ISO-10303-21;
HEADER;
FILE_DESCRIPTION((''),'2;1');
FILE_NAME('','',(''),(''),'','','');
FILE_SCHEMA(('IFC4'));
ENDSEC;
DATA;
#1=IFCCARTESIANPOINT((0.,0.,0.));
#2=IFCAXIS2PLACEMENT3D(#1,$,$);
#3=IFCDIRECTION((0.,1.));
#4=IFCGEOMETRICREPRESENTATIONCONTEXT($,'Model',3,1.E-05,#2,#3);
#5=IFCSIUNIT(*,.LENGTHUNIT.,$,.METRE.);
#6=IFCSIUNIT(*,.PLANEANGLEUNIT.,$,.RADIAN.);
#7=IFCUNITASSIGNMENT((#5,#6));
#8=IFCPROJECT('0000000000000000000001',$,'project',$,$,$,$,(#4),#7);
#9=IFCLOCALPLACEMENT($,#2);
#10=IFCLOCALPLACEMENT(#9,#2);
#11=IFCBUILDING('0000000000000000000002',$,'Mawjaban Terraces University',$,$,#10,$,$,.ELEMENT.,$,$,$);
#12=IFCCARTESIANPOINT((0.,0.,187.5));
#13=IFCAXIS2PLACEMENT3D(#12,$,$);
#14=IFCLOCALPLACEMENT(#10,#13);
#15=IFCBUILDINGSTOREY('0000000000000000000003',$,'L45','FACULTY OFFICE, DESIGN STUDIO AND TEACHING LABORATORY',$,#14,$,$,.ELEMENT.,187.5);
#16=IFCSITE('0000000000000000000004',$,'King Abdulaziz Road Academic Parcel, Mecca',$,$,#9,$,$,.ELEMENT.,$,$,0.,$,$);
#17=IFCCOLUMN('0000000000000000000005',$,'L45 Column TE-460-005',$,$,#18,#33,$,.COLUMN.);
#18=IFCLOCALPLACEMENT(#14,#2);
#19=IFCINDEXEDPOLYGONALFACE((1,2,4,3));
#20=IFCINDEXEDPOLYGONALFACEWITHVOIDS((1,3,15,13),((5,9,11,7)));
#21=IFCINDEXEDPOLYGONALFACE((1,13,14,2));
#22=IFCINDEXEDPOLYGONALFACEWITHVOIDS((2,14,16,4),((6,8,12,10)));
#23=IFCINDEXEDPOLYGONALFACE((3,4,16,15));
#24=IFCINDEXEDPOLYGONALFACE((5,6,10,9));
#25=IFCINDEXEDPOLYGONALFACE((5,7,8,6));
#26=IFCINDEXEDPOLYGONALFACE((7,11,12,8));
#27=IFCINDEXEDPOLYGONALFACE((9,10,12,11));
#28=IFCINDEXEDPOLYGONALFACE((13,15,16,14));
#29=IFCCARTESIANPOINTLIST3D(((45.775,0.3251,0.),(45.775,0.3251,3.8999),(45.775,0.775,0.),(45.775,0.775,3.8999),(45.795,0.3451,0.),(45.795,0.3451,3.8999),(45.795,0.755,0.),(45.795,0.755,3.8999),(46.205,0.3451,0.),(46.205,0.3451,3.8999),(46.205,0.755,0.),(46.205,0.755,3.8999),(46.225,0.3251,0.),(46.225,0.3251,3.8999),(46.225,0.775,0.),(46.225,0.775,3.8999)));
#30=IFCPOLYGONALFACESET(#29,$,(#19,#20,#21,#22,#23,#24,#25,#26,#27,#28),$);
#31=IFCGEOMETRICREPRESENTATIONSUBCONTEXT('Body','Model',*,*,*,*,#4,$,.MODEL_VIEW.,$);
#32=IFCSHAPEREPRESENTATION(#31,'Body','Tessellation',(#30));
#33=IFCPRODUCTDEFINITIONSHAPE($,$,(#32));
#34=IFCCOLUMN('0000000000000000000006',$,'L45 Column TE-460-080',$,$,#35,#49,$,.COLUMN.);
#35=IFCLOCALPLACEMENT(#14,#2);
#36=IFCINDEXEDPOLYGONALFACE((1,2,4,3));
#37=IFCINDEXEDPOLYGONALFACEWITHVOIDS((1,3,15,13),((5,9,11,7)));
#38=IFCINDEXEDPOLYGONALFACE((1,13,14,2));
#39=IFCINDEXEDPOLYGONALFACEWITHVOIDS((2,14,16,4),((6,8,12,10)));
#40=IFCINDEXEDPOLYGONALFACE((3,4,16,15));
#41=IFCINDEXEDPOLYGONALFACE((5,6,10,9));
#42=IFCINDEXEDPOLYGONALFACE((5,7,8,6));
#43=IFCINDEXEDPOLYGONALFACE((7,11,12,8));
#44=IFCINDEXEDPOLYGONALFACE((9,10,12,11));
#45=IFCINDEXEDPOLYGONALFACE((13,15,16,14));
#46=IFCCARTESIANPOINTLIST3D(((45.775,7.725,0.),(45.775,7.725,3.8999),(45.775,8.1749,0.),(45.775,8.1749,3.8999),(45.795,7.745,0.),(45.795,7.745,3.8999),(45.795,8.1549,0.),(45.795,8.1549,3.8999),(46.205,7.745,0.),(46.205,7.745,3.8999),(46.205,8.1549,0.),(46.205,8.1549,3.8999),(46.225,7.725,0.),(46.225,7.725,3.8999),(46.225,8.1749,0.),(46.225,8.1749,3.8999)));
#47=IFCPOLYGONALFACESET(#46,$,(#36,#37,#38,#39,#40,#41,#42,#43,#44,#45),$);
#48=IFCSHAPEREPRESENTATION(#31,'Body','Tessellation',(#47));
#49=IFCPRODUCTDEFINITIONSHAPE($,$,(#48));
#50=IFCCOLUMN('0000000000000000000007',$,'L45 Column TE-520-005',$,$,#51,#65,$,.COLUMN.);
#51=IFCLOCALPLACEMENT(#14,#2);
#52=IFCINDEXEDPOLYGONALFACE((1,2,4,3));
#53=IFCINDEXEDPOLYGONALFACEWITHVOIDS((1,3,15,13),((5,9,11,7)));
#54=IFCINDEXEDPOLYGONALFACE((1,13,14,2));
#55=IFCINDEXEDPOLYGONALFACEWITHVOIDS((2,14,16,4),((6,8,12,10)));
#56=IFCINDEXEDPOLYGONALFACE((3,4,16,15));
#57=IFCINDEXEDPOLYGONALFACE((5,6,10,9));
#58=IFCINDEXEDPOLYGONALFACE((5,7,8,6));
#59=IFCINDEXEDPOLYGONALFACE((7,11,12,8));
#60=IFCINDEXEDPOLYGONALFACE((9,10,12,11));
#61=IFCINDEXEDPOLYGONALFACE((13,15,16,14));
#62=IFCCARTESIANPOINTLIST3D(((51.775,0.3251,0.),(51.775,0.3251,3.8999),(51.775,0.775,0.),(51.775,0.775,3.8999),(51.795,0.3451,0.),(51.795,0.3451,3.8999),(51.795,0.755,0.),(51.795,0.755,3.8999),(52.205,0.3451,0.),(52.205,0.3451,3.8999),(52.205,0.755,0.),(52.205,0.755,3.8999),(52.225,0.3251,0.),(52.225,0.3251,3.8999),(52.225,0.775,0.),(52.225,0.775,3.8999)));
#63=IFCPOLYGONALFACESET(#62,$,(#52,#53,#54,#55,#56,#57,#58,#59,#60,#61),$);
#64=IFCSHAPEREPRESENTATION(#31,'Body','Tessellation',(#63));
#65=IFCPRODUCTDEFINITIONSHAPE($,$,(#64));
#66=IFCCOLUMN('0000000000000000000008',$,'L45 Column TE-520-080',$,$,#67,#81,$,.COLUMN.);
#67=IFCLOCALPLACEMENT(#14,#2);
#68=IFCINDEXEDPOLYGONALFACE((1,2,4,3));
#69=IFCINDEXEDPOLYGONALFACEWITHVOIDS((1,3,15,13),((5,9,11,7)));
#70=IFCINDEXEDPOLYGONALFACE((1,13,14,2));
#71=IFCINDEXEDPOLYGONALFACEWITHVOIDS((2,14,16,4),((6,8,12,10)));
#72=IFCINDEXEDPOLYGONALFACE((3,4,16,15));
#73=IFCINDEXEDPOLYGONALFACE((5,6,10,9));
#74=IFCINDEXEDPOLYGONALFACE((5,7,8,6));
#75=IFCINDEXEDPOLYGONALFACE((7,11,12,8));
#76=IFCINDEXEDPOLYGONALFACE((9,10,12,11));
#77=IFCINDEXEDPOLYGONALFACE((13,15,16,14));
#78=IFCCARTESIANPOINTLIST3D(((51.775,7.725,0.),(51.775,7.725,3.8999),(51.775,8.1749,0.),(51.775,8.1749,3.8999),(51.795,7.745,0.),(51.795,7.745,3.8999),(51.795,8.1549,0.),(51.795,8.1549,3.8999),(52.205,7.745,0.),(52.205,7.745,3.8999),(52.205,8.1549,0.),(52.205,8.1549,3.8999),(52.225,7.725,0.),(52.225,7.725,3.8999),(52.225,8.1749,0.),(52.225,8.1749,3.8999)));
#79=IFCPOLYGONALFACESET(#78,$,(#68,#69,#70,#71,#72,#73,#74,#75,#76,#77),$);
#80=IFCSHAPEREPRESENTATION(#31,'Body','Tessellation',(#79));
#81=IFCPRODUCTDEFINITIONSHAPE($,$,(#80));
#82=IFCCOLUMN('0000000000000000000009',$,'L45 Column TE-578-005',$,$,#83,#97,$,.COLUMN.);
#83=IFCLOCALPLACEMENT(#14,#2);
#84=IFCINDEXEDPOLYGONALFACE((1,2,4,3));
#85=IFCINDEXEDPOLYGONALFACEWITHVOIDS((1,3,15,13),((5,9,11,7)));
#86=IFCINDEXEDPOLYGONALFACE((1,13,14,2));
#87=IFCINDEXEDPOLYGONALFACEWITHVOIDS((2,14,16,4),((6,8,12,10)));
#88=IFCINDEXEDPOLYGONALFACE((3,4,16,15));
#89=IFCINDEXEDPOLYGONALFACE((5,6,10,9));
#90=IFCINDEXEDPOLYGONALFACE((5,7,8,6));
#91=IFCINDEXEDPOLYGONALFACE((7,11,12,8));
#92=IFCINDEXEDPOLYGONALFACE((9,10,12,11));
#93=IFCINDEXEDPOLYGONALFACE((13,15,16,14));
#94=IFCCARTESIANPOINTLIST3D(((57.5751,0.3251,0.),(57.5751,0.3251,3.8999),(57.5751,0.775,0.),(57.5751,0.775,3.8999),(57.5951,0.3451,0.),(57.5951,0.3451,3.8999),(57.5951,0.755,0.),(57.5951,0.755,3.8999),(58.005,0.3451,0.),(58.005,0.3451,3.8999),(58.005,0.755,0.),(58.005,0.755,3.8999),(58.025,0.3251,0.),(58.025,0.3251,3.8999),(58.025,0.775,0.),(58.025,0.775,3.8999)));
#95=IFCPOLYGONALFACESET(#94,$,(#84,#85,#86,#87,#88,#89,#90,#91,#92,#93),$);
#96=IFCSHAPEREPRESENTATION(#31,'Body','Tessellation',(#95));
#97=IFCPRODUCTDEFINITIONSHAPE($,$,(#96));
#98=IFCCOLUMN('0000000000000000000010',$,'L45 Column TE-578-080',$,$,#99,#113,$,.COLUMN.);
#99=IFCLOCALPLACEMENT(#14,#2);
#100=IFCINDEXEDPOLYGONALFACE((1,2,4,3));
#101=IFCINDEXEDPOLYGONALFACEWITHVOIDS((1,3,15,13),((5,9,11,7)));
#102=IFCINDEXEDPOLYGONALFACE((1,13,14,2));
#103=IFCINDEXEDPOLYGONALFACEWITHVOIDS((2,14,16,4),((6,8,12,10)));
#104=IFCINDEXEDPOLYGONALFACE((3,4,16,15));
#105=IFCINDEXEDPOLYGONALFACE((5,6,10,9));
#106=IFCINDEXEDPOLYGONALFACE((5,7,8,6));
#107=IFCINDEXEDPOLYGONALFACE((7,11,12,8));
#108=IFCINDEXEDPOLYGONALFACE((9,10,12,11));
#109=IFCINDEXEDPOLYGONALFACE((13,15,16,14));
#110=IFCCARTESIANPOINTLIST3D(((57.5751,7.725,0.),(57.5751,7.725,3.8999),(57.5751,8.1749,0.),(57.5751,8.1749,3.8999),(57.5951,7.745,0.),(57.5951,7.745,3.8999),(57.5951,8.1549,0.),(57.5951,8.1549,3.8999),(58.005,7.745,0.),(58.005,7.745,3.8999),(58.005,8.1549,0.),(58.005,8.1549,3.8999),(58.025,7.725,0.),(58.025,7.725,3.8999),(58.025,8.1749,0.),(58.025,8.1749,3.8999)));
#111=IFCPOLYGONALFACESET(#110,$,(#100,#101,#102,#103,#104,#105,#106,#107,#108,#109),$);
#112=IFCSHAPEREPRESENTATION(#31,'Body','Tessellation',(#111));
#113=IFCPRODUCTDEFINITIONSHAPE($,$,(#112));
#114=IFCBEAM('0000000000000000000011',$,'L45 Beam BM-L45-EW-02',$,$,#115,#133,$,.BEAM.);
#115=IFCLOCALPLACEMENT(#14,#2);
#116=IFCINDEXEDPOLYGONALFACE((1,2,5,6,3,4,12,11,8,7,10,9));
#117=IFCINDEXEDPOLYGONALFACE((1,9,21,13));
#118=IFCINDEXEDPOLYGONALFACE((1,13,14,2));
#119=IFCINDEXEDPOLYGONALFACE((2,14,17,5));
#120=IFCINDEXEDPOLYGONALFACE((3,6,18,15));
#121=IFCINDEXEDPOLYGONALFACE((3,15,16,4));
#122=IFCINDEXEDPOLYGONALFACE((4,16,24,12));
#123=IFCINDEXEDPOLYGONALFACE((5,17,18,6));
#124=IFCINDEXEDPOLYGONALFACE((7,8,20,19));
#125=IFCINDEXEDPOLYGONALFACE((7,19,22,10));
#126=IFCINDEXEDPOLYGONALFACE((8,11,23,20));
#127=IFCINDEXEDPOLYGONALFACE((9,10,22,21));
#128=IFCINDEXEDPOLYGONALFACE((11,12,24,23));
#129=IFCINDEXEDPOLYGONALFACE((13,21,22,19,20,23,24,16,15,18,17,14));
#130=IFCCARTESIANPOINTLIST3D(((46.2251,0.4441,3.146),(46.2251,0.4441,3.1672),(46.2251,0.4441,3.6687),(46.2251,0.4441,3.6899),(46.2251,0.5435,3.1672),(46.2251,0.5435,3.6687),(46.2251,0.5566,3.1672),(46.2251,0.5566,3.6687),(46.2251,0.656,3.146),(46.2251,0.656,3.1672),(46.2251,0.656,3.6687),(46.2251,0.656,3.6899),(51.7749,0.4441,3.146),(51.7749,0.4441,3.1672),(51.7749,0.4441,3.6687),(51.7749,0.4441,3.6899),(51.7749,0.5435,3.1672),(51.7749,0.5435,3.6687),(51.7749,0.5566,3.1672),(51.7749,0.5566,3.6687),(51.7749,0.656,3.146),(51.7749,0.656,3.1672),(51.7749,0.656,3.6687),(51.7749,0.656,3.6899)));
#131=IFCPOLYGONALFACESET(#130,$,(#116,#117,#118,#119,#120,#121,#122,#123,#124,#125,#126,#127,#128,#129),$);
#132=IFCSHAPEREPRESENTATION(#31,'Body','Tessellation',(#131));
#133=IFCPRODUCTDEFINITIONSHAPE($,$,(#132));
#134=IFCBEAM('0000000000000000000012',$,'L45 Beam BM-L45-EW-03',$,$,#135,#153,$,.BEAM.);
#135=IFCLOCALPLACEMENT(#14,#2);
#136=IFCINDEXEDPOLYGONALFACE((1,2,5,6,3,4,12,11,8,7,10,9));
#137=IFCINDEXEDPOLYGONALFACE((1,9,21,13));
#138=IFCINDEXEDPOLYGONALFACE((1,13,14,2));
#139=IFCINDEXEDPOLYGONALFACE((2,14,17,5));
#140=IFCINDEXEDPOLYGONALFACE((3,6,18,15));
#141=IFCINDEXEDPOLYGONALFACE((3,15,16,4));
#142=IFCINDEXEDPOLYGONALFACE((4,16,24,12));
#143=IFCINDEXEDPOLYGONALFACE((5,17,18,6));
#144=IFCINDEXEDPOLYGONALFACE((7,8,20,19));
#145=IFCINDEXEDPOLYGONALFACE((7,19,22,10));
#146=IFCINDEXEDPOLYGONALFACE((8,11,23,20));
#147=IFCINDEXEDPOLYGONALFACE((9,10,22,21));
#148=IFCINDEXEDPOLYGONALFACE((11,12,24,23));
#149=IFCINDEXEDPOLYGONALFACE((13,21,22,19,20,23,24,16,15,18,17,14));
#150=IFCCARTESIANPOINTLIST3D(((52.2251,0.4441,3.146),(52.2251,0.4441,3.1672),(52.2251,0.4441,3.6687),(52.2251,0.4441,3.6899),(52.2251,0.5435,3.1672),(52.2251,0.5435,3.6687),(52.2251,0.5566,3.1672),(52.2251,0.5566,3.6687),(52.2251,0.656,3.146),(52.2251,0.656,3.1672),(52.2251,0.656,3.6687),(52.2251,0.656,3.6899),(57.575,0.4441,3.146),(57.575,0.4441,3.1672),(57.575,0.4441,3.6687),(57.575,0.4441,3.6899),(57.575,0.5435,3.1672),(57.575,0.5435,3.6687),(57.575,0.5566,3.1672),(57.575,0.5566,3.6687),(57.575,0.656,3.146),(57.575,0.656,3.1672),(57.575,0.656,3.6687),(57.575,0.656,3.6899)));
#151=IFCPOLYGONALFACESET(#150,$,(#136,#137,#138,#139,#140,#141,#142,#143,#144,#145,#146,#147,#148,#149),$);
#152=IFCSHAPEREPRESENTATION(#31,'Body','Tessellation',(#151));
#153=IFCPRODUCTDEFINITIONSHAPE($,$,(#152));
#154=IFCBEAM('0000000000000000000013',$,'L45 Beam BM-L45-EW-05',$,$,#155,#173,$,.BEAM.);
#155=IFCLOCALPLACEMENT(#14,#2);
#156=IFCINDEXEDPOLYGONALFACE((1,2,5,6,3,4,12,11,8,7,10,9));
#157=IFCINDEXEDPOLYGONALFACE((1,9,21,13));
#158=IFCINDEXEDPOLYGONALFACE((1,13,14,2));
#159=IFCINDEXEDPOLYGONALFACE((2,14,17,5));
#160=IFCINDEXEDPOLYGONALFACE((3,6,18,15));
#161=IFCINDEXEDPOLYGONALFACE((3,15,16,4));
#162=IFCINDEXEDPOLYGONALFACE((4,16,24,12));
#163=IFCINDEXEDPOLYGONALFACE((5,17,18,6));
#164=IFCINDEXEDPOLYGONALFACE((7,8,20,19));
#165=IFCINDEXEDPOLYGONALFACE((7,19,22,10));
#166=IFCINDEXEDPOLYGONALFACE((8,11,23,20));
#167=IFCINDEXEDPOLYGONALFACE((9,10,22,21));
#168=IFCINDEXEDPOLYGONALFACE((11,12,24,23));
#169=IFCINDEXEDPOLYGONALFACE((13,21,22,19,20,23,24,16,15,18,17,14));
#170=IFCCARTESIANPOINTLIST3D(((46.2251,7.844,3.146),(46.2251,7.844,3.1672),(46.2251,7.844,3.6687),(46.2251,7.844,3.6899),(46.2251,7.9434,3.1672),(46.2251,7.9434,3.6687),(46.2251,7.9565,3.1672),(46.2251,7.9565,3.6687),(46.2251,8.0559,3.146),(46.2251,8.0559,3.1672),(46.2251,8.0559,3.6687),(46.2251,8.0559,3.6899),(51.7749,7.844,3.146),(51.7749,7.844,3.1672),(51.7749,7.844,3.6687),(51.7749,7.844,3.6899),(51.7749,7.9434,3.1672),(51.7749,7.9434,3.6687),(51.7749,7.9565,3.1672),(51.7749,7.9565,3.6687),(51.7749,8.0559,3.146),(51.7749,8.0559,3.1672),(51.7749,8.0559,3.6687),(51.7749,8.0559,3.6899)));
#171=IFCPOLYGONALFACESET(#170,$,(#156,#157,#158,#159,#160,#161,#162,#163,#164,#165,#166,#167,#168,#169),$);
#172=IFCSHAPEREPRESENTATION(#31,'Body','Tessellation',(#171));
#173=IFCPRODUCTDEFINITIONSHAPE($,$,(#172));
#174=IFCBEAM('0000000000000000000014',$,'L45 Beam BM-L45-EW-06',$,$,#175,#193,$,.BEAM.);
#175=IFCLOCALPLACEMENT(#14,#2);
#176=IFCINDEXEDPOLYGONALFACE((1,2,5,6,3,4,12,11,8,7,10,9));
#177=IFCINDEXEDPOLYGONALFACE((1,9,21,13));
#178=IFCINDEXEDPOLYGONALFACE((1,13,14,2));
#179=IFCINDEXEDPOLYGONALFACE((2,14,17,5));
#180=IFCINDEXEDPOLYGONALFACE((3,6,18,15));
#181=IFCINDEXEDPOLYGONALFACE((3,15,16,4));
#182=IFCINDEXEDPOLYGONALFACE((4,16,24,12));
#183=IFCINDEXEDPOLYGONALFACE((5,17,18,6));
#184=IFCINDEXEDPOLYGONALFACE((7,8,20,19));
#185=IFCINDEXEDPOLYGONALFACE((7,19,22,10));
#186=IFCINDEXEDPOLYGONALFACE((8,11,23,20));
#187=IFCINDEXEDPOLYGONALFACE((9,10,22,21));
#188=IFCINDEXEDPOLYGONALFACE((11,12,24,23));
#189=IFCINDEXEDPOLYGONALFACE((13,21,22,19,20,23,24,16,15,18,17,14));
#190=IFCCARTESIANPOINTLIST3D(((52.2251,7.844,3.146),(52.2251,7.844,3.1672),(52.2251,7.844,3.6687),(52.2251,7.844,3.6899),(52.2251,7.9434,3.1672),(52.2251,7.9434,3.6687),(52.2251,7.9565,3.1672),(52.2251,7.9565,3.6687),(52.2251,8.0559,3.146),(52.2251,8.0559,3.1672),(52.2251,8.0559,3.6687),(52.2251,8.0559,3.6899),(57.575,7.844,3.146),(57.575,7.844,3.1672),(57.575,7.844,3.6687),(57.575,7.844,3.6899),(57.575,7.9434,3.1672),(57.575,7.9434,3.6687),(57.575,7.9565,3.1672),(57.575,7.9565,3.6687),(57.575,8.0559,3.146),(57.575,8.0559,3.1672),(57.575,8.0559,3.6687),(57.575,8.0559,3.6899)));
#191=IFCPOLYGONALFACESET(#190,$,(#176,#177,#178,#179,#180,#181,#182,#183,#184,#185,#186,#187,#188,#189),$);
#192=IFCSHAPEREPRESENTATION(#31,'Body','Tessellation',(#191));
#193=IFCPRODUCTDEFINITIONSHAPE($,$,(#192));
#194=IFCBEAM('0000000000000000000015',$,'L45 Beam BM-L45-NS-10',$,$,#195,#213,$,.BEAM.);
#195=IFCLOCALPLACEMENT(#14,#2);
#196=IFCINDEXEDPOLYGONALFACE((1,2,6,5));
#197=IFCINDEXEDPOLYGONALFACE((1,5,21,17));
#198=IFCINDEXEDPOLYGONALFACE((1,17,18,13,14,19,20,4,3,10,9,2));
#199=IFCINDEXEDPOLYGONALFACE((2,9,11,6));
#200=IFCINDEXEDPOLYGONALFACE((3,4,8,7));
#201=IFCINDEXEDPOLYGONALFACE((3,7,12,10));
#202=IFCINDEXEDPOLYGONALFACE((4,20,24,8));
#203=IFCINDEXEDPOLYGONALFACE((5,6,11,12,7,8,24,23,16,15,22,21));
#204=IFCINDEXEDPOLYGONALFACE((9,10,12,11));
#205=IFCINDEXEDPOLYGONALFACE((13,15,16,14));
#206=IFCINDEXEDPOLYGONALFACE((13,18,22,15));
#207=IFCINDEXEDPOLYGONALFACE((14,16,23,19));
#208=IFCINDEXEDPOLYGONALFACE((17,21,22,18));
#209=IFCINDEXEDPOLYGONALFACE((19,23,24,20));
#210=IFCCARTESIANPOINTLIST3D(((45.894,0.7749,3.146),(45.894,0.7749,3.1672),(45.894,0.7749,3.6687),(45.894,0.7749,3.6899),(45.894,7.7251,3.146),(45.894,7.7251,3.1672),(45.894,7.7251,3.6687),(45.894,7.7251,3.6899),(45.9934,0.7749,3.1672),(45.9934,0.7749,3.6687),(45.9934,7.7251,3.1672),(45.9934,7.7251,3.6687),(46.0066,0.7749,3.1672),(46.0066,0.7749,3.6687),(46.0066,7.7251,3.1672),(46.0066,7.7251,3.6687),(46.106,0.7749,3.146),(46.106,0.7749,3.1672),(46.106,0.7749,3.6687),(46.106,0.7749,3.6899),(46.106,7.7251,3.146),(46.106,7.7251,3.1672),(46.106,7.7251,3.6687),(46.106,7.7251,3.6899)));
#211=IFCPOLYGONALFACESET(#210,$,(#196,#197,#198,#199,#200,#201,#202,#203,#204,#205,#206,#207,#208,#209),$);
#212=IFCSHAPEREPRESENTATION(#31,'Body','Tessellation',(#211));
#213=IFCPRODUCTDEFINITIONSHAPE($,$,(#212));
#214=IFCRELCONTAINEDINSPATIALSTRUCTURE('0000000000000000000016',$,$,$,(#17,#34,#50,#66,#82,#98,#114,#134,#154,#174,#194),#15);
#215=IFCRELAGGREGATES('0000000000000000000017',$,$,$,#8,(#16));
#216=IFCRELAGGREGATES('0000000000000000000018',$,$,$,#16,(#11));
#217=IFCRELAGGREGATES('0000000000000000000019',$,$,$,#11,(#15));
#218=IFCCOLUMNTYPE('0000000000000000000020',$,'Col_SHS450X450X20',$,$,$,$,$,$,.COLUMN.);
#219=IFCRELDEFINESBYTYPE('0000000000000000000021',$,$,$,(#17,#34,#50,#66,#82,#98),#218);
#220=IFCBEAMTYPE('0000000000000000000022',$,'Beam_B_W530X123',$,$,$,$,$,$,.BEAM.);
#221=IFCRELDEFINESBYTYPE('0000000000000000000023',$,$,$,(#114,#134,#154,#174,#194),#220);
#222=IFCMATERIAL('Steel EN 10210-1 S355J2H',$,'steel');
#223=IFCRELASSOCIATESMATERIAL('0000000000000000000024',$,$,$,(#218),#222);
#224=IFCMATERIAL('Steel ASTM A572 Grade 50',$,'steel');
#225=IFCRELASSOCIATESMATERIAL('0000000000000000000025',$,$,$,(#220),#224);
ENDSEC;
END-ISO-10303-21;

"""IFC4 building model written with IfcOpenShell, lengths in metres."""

from ifc_helpers import new_model, si_unit, direction, frame, origin, origin_2d, place, context, subcontext, project, spatial, hollow_rectangle, i_section, extrude, material, material_profile, profile_set, type_object, element, save


model = new_model("IFC4")

# Units and contexts
model_context = context("Model", 3, precision=1e-05, world=origin(), true_north=direction((0.0, 1.0)))
body_context = subcontext(model_context, "Body", "Model", "MODEL_VIEW")
ifc_project = project(units=[si_unit("LENGTHUNIT", "METRE"), si_unit("PLANEANGLEUNIT", "RADIAN")], contexts=[model_context])

# Site, building, storey
site_placement = place(None, origin())
site = spatial("IfcSite", under=ifc_project, at=site_placement, Name="King Abdulaziz Road Academic Parcel, Mecca", CompositionType="ELEMENT", RefElevation=0.0)
building_placement = place(site_placement, origin())
building = spatial("IfcBuilding", under=site, at=building_placement, Name="Mawjaban Terraces University", CompositionType="ELEMENT")
storey_placement = place(building_placement, frame((0.0, 0.0, 187.5)))
storey = spatial("IfcBuildingStorey", under=building, at=storey_placement, Name="L45", Description="FACULTY OFFICE, DESIGN STUDIO AND TEACHING LABORATORY", CompositionType="ELEMENT", Elevation=187.5)

# Columns
ifc_material_1 = material(Name="Steel EN 10210-1 S355J2H", Category="steel")
ifc_material_profile_1 = material_profile(ifc_material_1, hollow_rectangle(XDim=0.45, YDim=0.45, WallThickness=0.02, at=origin_2d()), Name="SHS450X450X20")
ifc_profile_set_1 = profile_set([ifc_material_profile_1], Name="Steel EN 10210-1 S355J2H")
column_type = type_object("IfcColumnType", Name="Col_SHS450X450X20", PredefinedType="COLUMN", material=ifc_profile_set_1)
for number, where, z_axis, x_axis, name in (
    (1, (46.0, 0.55, 0.0), (0.0, 0.0, 1.0), (1.0, 0.0, 0.0), "L45 Column TE-460-005"),
    (2, (46.0, 7.95, 0.0), (0.0, 0.0, 1.0), (1.0, 0.0, 0.0), "L45 Column TE-460-080"),
    (3, (52.0, 0.55, 0.0), (0.0, 0.0, 1.0), (1.0, 0.0, 0.0), "L45 Column TE-520-005"),
    (4, (52.0, 7.95, 0.0), (0.0, 0.0, 1.0), (1.0, 0.0, 0.0), "L45 Column TE-520-080"),
    (5, (57.8, 0.55, 0.0), (0.0, 0.0, 1.0), (1.0, 0.0, 0.0), "L45 Column TE-578-005"),
    (6, (57.8, 7.95, 0.0), (0.0, 0.0, 1.0), (1.0, 0.0, 0.0), "L45 Column TE-578-080"),
):
    element("IfcColumn", number, at=place(storey_placement, frame(where, z_axis=z_axis, x_axis=x_axis)), inside=storey, type_object=column_type, Name=name, PredefinedType="COLUMN", context=body_context, shape_type="SweptSolid", body=[
        extrude(hollow_rectangle(XDim=0.45, YDim=0.45, WallThickness=0.02, at=origin_2d()), origin(), (0.0, 0.0, 1.0), 3.8999),
    ])

# Beams
ifc_material_2 = material(Name="Steel ASTM A572 Grade 50", Category="steel")
ifc_material_profile_2 = material_profile(ifc_material_2, i_section(OverallWidth=0.2119, OverallDepth=0.5439, WebThickness=0.0132, FlangeThickness=0.0212, at=origin_2d()), Name="W530X123")
ifc_profile_set_2 = profile_set([ifc_material_profile_2], Name="Steel ASTM A572 Grade 50")
beam_type_1 = type_object("IfcBeamType", Name="Beam_B_W530X123", PredefinedType="BEAM", material=ifc_profile_set_2)
beam_1_placement = place(storey_placement, frame((46.2251, 0.55, 3.418), z_axis=(1.0, 0.0, 0.0), x_axis=(0.0, 1.0, 0.0)))
element("IfcBeam", 7, at=beam_1_placement, inside=storey, type_object=beam_type_1, Name="L45 Beam BM-L45-EW-02", PredefinedType="BEAM", context=body_context, shape_type="SweptSolid", body=[
    extrude(i_section(OverallWidth=0.2119, OverallDepth=0.5439, WebThickness=0.0132, FlangeThickness=0.0212, at=origin_2d()), origin(), (0.0, 0.0, 1.0), 5.5498),
])
beam_2_placement = place(storey_placement, frame((52.2251, 0.55, 3.418), z_axis=(1.0, 0.0, 0.0), x_axis=(0.0, 1.0, 0.0)))
element("IfcBeam", 8, at=beam_2_placement, inside=storey, type_object=beam_type_1, Name="L45 Beam BM-L45-EW-03", PredefinedType="BEAM", context=body_context, shape_type="SweptSolid", body=[
    extrude(i_section(OverallWidth=0.2119, OverallDepth=0.5439, WebThickness=0.0132, FlangeThickness=0.0212, at=origin_2d()), origin(), (0.0, 0.0, 1.0), 5.3499),
])
beam_3_placement = place(storey_placement, frame((46.2251, 7.95, 3.418), z_axis=(1.0, 0.0, 0.0), x_axis=(0.0, 1.0, 0.0)))
element("IfcBeam", 9, at=beam_3_placement, inside=storey, type_object=beam_type_1, Name="L45 Beam BM-L45-EW-05", PredefinedType="BEAM", context=body_context, shape_type="SweptSolid", body=[
    extrude(i_section(OverallWidth=0.2119, OverallDepth=0.5439, WebThickness=0.0132, FlangeThickness=0.0212, at=origin_2d()), origin(), (0.0, 0.0, 1.0), 5.5498),
])
beam_4_placement = place(storey_placement, frame((52.2251, 7.95, 3.418), z_axis=(1.0, 0.0, 0.0), x_axis=(0.0, 1.0, 0.0)))
element("IfcBeam", 10, at=beam_4_placement, inside=storey, type_object=beam_type_1, Name="L45 Beam BM-L45-EW-06", PredefinedType="BEAM", context=body_context, shape_type="SweptSolid", body=[
    extrude(i_section(OverallWidth=0.2119, OverallDepth=0.5439, WebThickness=0.0132, FlangeThickness=0.0212, at=origin_2d()), origin(), (0.0, 0.0, 1.0), 5.3499),
])
beam_5_placement = place(storey_placement, frame((46.0, 0.7749, 3.418), z_axis=(0.0, 1.0, 0.0), x_axis=(-1.0, 0.0, 0.0)))
element("IfcBeam", 11, at=beam_5_placement, inside=storey, type_object=beam_type_1, Name="L45 Beam BM-L45-NS-10", PredefinedType="BEAM", context=body_context, shape_type="SweptSolid", body=[
    extrude(i_section(OverallWidth=0.2119, OverallDepth=0.5439, WebThickness=0.0132, FlangeThickness=0.0212, at=origin_2d()), origin(), (0.0, 0.0, 1.0), 6.9502),
])

save(model, "model.ifc")
